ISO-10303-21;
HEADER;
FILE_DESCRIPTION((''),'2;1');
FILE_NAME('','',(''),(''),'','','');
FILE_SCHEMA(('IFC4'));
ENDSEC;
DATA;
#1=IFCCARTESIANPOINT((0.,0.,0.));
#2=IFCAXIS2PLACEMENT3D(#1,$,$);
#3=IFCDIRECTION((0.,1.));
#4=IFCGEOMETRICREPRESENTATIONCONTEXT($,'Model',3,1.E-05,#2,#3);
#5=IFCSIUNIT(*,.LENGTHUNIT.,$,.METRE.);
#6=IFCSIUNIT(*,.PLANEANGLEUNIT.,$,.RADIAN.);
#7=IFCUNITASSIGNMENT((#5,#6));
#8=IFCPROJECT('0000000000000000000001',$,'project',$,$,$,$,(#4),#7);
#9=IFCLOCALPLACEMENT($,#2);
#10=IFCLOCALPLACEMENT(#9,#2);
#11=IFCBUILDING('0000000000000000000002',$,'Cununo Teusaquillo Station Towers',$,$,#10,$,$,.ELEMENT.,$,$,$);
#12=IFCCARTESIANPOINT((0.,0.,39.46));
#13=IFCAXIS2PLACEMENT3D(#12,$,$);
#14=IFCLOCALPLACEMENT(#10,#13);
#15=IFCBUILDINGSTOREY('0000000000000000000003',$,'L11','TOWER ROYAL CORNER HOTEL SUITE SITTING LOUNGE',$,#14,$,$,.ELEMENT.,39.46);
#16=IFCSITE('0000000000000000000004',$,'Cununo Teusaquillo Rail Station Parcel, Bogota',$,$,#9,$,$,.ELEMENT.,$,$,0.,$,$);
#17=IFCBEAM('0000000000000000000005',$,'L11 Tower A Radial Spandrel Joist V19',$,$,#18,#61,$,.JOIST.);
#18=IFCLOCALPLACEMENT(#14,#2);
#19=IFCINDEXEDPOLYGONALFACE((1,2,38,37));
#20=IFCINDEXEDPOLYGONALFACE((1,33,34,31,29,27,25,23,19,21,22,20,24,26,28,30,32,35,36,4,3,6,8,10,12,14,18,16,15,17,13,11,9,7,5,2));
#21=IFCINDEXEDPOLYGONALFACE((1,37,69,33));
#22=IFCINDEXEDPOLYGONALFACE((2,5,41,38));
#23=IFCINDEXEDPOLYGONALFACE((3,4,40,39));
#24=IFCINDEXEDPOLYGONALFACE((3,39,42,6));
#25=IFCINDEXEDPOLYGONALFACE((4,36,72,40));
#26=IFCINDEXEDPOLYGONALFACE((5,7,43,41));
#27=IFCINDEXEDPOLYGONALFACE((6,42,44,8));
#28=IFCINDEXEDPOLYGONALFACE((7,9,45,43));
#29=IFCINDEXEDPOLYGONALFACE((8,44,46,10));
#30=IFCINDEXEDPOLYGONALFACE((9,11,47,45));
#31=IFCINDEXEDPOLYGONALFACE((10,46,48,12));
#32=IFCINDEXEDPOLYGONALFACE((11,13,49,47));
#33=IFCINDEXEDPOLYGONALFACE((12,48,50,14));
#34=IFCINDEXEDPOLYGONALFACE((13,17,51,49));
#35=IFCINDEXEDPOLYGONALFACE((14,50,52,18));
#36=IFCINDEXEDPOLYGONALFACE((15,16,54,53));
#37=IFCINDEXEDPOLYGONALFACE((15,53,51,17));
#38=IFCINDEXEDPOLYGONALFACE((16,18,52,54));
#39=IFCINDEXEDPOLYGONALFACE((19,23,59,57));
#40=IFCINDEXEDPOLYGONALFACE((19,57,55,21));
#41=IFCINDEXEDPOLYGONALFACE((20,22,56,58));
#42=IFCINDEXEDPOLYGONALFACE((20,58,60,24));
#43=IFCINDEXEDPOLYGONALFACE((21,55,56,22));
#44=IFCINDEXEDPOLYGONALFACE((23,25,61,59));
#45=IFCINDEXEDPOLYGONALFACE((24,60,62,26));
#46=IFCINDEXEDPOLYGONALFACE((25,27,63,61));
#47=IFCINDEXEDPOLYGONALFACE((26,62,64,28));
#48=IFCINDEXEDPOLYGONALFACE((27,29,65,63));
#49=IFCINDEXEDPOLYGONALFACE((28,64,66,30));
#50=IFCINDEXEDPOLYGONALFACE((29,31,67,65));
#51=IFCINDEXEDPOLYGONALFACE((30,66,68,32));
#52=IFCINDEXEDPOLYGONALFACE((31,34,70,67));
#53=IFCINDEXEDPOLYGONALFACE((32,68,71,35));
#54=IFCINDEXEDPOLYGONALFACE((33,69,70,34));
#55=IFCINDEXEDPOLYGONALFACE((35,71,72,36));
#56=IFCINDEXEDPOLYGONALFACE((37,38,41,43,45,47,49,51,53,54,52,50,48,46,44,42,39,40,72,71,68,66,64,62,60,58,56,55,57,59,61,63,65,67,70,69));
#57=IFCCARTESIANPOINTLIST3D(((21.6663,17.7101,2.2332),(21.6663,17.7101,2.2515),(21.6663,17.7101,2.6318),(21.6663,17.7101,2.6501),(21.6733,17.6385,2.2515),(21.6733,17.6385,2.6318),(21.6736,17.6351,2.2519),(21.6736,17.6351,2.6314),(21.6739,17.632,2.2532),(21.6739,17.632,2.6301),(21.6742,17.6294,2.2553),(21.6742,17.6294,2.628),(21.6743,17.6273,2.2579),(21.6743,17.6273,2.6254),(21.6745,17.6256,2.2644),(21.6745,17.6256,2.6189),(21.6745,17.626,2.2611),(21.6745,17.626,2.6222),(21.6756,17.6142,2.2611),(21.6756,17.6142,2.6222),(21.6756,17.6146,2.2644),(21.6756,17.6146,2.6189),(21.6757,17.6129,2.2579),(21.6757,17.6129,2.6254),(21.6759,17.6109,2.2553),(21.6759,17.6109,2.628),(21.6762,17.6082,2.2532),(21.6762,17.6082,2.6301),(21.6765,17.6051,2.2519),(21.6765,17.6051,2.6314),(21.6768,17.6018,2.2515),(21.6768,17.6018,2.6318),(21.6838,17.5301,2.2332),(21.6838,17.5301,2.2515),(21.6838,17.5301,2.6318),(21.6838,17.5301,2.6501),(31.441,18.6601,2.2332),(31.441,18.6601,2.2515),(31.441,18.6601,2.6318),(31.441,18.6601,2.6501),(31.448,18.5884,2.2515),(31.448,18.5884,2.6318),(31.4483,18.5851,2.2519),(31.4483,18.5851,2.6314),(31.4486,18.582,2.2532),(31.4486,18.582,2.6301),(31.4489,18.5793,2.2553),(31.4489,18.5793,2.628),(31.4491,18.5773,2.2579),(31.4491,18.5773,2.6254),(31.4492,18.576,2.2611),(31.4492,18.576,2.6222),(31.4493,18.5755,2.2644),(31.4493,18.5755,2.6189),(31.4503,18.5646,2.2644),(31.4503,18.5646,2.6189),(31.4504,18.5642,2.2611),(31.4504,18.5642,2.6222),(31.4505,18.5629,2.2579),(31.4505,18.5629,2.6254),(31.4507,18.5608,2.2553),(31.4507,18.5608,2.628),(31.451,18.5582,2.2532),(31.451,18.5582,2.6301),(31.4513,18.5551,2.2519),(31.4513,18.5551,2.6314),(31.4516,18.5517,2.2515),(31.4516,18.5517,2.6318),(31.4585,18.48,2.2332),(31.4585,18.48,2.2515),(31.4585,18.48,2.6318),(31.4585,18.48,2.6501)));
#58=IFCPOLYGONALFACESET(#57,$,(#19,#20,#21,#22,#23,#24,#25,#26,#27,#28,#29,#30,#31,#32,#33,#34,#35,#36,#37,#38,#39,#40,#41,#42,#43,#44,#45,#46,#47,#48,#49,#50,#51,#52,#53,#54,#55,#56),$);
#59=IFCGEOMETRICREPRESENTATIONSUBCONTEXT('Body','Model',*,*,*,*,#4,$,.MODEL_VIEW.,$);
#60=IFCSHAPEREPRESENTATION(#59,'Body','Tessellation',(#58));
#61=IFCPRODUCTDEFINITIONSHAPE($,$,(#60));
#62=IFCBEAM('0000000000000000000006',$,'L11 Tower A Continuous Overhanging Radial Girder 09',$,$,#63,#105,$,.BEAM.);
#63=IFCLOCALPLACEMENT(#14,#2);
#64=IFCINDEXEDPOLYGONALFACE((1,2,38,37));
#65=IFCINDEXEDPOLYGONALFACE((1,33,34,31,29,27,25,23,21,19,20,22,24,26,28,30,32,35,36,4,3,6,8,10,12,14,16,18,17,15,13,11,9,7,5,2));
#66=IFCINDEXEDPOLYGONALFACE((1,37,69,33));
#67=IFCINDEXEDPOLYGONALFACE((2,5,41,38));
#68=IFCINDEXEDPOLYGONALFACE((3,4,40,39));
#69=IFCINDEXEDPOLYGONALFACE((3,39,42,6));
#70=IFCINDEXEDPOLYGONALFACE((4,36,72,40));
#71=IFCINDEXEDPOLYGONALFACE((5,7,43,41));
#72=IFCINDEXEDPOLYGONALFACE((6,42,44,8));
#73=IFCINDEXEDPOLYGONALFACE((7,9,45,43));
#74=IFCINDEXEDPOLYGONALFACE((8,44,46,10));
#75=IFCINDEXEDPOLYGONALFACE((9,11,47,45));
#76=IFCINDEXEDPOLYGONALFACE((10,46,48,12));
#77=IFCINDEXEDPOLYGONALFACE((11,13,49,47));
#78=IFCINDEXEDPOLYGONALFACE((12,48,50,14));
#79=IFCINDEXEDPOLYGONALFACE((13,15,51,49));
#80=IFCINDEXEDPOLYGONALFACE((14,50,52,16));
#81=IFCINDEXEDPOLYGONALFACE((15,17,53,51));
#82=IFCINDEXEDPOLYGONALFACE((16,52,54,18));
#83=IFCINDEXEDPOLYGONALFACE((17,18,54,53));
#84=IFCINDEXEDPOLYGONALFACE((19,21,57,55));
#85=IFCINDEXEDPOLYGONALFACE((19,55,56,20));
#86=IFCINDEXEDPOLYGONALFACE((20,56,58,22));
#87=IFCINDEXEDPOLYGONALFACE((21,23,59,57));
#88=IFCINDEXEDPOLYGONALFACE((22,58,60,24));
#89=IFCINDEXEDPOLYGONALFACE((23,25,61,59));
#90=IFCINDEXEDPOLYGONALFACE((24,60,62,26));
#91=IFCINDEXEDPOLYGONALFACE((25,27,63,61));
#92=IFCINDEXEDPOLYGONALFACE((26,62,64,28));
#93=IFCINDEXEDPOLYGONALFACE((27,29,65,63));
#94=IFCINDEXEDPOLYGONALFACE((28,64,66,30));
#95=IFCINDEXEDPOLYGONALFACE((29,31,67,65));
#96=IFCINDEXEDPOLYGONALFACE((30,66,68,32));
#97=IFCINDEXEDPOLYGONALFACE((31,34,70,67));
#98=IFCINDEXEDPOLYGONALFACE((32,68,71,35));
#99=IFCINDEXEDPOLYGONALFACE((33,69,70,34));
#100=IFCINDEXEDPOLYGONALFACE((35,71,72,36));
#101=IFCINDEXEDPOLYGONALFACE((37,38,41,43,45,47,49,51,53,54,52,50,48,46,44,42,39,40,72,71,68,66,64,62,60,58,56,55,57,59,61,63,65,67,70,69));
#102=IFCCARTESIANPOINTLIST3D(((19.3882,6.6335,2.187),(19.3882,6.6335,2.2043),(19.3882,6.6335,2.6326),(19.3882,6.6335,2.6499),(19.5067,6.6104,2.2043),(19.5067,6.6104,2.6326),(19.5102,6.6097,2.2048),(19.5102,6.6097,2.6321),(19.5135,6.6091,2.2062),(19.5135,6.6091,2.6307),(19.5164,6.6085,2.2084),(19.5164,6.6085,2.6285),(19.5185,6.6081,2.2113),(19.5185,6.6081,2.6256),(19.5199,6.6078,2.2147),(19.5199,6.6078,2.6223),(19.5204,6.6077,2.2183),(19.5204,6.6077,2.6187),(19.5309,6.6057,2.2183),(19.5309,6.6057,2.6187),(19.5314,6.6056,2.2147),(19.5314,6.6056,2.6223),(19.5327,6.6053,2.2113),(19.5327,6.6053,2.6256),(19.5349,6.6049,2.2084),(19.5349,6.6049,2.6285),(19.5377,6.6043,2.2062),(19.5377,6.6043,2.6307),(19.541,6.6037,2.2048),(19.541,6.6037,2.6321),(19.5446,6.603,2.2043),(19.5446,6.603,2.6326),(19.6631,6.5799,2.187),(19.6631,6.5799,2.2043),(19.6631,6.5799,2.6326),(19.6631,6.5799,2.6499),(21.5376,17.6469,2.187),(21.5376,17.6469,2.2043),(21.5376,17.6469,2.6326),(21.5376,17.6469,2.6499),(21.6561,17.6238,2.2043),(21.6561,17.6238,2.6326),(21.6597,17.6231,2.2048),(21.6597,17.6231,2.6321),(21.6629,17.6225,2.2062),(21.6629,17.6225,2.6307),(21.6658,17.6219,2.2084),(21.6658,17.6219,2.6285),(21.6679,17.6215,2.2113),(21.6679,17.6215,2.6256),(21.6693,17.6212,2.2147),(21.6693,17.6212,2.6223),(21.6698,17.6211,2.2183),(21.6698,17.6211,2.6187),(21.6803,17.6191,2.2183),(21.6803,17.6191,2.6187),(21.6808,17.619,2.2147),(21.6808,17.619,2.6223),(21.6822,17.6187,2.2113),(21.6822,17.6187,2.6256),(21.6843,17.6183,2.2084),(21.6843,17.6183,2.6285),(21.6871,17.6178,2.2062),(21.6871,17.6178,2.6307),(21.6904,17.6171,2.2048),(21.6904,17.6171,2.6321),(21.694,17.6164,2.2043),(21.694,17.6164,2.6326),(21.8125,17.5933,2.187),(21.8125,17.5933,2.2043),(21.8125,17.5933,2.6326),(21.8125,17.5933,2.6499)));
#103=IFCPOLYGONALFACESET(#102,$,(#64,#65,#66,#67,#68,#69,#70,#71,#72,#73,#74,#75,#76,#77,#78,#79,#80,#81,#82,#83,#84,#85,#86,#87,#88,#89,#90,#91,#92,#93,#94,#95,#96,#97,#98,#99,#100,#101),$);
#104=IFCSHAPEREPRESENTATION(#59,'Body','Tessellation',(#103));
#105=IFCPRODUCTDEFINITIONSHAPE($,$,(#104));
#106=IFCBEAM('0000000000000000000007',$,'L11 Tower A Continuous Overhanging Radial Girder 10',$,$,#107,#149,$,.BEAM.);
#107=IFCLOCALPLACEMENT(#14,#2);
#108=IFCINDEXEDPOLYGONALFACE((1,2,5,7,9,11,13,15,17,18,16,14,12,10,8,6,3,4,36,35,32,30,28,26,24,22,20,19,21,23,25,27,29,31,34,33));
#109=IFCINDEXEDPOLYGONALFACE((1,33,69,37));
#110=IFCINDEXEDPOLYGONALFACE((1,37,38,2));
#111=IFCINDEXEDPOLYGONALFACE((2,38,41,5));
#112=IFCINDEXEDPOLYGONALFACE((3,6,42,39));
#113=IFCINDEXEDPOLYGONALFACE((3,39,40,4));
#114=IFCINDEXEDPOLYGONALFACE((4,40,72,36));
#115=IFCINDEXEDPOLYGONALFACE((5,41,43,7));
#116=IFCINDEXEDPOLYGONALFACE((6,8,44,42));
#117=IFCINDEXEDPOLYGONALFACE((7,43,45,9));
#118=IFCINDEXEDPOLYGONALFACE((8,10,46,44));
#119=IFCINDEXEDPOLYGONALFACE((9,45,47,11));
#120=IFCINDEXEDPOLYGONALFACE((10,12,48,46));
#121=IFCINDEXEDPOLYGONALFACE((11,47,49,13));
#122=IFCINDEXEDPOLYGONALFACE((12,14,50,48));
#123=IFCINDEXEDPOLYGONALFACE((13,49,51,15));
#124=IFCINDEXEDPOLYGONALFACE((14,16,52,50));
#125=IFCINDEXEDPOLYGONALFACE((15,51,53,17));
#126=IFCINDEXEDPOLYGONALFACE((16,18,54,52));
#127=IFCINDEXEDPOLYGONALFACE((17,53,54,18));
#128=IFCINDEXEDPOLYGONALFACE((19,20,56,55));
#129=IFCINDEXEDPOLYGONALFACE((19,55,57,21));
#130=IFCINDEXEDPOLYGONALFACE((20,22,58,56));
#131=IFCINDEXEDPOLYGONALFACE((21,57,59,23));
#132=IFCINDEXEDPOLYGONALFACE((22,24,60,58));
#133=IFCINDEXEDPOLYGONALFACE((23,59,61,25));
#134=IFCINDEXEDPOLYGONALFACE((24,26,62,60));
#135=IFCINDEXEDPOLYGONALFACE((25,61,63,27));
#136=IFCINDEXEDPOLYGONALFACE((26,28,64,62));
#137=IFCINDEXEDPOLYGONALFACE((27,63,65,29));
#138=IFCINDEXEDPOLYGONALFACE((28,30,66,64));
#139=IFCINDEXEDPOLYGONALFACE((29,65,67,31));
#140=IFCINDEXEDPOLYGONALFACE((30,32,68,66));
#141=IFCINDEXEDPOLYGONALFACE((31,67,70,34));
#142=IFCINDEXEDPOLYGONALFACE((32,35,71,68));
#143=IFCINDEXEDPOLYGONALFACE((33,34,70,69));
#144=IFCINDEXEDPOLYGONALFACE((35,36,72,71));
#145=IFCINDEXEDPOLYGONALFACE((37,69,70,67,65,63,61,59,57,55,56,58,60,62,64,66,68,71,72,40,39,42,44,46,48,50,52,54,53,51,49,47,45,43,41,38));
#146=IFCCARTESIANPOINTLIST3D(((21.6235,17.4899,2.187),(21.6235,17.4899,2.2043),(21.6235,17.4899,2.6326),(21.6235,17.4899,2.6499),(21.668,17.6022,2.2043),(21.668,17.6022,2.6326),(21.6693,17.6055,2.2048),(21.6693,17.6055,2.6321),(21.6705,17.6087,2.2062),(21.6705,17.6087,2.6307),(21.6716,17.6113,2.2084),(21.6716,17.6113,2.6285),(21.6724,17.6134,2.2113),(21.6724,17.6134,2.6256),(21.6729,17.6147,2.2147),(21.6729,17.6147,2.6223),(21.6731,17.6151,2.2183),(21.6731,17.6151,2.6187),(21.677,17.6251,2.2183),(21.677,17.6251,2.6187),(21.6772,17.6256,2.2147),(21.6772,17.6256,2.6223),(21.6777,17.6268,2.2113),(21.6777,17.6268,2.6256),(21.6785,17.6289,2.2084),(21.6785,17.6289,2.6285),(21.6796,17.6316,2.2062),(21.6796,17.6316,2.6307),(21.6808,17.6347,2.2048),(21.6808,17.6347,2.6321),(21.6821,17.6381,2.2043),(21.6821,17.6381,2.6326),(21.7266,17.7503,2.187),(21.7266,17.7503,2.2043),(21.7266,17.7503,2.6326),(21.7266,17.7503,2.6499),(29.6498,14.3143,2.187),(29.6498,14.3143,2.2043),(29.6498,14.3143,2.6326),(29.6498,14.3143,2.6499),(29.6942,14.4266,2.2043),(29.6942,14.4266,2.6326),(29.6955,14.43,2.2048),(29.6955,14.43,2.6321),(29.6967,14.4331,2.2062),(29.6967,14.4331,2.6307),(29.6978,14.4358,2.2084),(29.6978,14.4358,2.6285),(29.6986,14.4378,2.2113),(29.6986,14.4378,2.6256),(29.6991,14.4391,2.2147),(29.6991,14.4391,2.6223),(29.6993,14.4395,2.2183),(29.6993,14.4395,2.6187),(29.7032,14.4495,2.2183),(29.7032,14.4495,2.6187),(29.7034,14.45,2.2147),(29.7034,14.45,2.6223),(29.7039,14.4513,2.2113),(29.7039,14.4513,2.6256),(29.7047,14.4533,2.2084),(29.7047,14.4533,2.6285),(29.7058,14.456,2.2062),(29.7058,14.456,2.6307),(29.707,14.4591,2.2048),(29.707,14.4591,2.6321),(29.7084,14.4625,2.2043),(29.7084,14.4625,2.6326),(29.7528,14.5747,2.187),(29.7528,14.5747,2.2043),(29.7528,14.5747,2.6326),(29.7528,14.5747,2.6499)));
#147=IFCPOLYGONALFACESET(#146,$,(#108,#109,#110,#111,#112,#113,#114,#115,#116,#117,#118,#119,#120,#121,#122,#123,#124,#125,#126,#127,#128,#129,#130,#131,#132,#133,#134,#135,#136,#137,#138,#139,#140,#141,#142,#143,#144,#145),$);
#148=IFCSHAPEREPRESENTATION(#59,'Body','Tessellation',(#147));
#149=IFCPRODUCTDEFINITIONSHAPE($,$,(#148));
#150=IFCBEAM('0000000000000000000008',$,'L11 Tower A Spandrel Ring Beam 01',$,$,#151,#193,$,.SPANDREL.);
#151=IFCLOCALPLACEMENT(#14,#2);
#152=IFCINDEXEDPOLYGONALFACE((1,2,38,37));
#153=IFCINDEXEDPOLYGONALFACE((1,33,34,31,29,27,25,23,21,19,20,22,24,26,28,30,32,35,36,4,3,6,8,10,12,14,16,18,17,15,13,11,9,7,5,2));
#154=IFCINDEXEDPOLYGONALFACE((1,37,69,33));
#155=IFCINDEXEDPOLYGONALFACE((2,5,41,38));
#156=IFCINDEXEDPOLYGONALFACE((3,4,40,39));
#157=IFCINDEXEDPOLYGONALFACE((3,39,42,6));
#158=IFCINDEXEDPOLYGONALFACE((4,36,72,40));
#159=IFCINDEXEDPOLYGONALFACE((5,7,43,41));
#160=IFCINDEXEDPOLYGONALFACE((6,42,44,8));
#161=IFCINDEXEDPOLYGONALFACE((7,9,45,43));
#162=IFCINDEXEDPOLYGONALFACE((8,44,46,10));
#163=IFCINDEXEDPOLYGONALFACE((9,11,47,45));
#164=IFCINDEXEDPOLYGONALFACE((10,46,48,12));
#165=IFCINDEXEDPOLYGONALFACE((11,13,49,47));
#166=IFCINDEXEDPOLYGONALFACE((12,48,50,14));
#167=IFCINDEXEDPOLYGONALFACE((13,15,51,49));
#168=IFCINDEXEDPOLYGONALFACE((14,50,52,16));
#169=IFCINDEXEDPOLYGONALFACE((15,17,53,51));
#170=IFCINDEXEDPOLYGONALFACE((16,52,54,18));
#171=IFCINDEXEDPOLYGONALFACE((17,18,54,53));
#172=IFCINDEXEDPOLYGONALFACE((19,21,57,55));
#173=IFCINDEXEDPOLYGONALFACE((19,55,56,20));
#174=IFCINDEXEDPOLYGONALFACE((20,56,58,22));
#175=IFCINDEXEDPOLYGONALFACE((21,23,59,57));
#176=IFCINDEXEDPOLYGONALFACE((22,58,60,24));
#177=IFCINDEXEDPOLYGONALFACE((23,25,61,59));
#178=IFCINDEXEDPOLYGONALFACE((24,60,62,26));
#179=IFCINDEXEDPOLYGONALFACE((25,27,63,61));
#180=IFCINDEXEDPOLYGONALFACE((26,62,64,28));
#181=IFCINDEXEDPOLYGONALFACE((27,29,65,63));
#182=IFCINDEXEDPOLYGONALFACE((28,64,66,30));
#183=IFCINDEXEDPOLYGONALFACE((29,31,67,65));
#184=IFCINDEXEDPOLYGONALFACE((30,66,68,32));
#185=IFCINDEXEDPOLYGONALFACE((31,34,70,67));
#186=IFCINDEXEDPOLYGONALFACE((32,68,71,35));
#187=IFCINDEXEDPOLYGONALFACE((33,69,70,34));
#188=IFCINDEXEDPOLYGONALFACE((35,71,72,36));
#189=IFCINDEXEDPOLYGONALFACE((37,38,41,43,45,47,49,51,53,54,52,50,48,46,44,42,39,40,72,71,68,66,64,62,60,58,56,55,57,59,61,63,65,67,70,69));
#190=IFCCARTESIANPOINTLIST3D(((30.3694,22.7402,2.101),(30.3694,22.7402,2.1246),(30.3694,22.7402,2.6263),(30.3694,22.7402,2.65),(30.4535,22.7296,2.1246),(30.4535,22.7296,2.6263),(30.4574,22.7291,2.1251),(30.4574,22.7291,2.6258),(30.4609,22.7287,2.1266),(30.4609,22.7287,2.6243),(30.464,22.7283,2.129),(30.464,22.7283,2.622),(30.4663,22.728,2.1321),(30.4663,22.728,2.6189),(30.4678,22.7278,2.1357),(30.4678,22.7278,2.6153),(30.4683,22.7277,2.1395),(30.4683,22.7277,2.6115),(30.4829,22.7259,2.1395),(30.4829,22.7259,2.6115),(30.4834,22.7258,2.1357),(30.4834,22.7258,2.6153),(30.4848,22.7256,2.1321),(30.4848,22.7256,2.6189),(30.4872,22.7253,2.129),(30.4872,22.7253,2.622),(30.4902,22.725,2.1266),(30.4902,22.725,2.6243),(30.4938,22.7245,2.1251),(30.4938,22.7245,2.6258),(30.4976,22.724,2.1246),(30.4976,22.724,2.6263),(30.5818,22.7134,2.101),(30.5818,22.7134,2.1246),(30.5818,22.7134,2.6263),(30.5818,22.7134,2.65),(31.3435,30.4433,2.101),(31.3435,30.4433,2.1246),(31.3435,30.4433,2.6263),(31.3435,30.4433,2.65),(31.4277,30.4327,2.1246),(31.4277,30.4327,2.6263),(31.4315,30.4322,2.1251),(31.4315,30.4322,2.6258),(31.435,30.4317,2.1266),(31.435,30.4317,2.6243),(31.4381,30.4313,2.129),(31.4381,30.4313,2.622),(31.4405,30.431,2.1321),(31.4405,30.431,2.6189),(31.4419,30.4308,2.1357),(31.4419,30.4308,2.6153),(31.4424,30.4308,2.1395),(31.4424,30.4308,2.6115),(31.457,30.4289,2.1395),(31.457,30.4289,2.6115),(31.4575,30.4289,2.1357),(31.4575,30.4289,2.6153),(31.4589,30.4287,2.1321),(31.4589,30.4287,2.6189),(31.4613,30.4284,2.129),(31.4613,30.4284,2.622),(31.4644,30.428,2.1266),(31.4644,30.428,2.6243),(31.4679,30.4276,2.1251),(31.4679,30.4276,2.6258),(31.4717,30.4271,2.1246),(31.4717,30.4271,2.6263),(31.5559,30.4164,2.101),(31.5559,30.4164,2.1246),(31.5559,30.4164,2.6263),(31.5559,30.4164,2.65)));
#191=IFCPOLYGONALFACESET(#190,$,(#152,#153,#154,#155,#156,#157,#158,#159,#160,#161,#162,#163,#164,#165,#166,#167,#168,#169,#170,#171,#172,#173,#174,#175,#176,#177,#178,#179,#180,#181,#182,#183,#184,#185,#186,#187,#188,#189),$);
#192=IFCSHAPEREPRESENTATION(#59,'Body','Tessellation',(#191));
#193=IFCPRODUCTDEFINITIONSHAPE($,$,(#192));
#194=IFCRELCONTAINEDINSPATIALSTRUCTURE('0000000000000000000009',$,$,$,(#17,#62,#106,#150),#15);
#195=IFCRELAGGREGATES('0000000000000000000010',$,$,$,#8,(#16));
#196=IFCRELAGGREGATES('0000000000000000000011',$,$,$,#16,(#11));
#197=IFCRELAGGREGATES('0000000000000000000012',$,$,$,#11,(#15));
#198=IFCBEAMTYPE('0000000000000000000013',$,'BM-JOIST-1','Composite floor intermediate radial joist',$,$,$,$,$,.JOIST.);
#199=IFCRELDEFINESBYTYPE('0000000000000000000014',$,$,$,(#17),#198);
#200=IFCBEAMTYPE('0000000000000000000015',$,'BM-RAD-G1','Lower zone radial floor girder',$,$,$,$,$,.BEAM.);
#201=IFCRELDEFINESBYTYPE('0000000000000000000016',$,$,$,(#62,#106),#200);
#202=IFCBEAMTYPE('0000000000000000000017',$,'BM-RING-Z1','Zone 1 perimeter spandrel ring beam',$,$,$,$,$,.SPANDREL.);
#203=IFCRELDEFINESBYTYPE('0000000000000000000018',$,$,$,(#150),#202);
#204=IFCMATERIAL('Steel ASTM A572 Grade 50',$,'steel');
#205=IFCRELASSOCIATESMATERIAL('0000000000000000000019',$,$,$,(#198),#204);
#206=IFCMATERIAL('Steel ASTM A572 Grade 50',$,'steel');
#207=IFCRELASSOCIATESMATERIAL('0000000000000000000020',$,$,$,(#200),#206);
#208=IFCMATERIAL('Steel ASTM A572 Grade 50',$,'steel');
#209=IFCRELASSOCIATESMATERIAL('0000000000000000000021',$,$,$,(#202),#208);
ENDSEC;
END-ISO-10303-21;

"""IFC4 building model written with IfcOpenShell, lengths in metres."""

from ifc_helpers import new_model, si_unit, direction, frame, origin, origin_2d, place, context, subcontext, project, spatial, i_section, extrude, material, material_profile, profile_set, type_object, element, save


model = new_model("IFC4")

# Units and contexts
model_context = context("Model", 3, precision=1e-05, world=origin(), true_north=direction((0.0, 1.0)))
body_context = subcontext(model_context, "Body", "Model", "MODEL_VIEW")
ifc_project = project(units=[si_unit("LENGTHUNIT", "METRE"), si_unit("PLANEANGLEUNIT", "RADIAN")], contexts=[model_context])

# Site, building, storey
site_placement = place(None, origin())
site = spatial("IfcSite", under=ifc_project, at=site_placement, Name="Cununo Teusaquillo Rail Station Parcel, Bogota", CompositionType="ELEMENT", RefElevation=0.0)
building_placement = place(site_placement, origin())
building = spatial("IfcBuilding", under=site, at=building_placement, Name="Cununo Teusaquillo Station Towers", CompositionType="ELEMENT")
storey_placement = place(building_placement, frame((0.0, 0.0, 39.46)))
storey = spatial("IfcBuildingStorey", under=building, at=storey_placement, Name="L11", Description="TOWER ROYAL CORNER HOTEL SUITE SITTING LOUNGE", CompositionType="ELEMENT", Elevation=39.46)

# Beams
ifc_material_1 = material(Name="Steel ASTM A572 Grade 50", Category="steel")
ifc_material_profile_1 = material_profile(ifc_material_1, i_section(OverallWidth=0.1809, OverallDepth=0.417, WebThickness=0.011, FlangeThickness=0.0183, FilletRadius=0.0129, at=origin_2d()), Name="W16X57")
ifc_profile_set_1 = profile_set([ifc_material_profile_1], Name="Steel ASTM A572 Grade 50")
beam_type_1 = type_object("IfcBeamType", Name="BM-JOIST-1", Description="Composite floor intermediate radial joist", PredefinedType="JOIST", material=ifc_profile_set_1)
beam_1_placement = place(storey_placement, frame((21.675, 17.6201, 2.4417), z_axis=(0.995311, 0.096729, 0.0), x_axis=(-0.096729, 0.995311, 0.0)))
element("IfcBeam", 1, at=beam_1_placement, inside=storey, type_object=beam_type_1, Name="L11 Tower A Radial Spandrel Joist V19", PredefinedType="JOIST", context=body_context, shape_type="SweptSolid", body=[
    extrude(i_section(OverallWidth=0.1809, OverallDepth=0.417, WebThickness=0.011, FlangeThickness=0.0183, FilletRadius=0.0129, at=origin_2d()), origin(), (0.0, 0.0, 1.0), 9.8208),
])
ifc_material_2 = material(Name="Steel ASTM A572 Grade 50", Category="steel")
ifc_material_profile_2 = material_profile(ifc_material_2, i_section(OverallWidth=0.28, OverallDepth=0.4629, WebThickness=0.0107, FlangeThickness=0.0173, FilletRadius=0.0139, at=origin_2d()), Name="W18X76")
ifc_profile_set_2 = profile_set([ifc_material_profile_2], Name="Steel ASTM A572 Grade 50")
beam_type_2 = type_object("IfcBeamType", Name="BM-RAD-G1", Description="Lower zone radial floor girder", PredefinedType="BEAM", material=ifc_profile_set_2)
beam_2_placement = place(storey_placement, frame((21.675, 17.6201, 2.4185), z_axis=(-0.191549, -0.981483, 0.0), x_axis=(0.981483, -0.191549, 0.0)))
element("IfcBeam", 2, at=beam_2_placement, inside=storey, type_object=beam_type_2, Name="L11 Tower A Continuous Overhanging Radial Girder 09", PredefinedType="BEAM", context=body_context, shape_type="SweptSolid", body=[
    extrude(i_section(OverallWidth=0.28, OverallDepth=0.4629, WebThickness=0.0107, FlangeThickness=0.0173, FilletRadius=0.0139, at=origin_2d()), origin(), (0.0, 0.0, 1.0), 11.2212),
])
beam_3_placement = place(storey_placement, frame((21.675, 17.6201, 2.4185), z_axis=(0.929865, -0.367901, 0.0), x_axis=(0.367901, 0.929865, 0.0)))
element("IfcBeam", 3, at=beam_3_placement, inside=storey, type_object=beam_type_2, Name="L11 Tower A Continuous Overhanging Radial Girder 10", PredefinedType="BEAM", context=body_context, shape_type="SweptSolid", body=[
    extrude(i_section(OverallWidth=0.28, OverallDepth=0.4629, WebThickness=0.0107, FlangeThickness=0.0173, FilletRadius=0.0139, at=origin_2d()), origin(), (0.0, 0.0, 1.0), 8.6316),
])
ifc_material_3 = material(Name="Steel ASTM A572 Grade 50", Category="steel")
ifc_material_profile_3 = material_profile(ifc_material_3, i_section(OverallWidth=0.2141, OverallDepth=0.5491, WebThickness=0.0146, FlangeThickness=0.0237, FilletRadius=0.0149, at=origin_2d()), Name="W21X93")
ifc_profile_set_3 = profile_set([ifc_material_profile_3], Name="Steel ASTM A572 Grade 50")
beam_type_3 = type_object("IfcBeamType", Name="BM-RING-Z1", Description="Zone 1 perimeter spandrel ring beam", PredefinedType="SPANDREL", material=ifc_profile_set_3)
beam_4_placement = place(storey_placement, frame((30.4756, 22.7268, 2.3755), z_axis=(0.125459, 0.992099, 0.0), x_axis=(-0.992099, 0.125459, 0.0)))
element("IfcBeam", 4, at=beam_4_placement, inside=storey, type_object=beam_type_3, Name="L11 Tower A Spandrel Ring Beam 01", PredefinedType="SPANDREL", context=body_context, shape_type="SweptSolid", body=[
    extrude(i_section(OverallWidth=0.2141, OverallDepth=0.5491, WebThickness=0.0146, FlangeThickness=0.0237, FilletRadius=0.0149, at=origin_2d()), origin(), (0.0, 0.0, 1.0), 7.7644),
])

save(model, "model.ifc")
